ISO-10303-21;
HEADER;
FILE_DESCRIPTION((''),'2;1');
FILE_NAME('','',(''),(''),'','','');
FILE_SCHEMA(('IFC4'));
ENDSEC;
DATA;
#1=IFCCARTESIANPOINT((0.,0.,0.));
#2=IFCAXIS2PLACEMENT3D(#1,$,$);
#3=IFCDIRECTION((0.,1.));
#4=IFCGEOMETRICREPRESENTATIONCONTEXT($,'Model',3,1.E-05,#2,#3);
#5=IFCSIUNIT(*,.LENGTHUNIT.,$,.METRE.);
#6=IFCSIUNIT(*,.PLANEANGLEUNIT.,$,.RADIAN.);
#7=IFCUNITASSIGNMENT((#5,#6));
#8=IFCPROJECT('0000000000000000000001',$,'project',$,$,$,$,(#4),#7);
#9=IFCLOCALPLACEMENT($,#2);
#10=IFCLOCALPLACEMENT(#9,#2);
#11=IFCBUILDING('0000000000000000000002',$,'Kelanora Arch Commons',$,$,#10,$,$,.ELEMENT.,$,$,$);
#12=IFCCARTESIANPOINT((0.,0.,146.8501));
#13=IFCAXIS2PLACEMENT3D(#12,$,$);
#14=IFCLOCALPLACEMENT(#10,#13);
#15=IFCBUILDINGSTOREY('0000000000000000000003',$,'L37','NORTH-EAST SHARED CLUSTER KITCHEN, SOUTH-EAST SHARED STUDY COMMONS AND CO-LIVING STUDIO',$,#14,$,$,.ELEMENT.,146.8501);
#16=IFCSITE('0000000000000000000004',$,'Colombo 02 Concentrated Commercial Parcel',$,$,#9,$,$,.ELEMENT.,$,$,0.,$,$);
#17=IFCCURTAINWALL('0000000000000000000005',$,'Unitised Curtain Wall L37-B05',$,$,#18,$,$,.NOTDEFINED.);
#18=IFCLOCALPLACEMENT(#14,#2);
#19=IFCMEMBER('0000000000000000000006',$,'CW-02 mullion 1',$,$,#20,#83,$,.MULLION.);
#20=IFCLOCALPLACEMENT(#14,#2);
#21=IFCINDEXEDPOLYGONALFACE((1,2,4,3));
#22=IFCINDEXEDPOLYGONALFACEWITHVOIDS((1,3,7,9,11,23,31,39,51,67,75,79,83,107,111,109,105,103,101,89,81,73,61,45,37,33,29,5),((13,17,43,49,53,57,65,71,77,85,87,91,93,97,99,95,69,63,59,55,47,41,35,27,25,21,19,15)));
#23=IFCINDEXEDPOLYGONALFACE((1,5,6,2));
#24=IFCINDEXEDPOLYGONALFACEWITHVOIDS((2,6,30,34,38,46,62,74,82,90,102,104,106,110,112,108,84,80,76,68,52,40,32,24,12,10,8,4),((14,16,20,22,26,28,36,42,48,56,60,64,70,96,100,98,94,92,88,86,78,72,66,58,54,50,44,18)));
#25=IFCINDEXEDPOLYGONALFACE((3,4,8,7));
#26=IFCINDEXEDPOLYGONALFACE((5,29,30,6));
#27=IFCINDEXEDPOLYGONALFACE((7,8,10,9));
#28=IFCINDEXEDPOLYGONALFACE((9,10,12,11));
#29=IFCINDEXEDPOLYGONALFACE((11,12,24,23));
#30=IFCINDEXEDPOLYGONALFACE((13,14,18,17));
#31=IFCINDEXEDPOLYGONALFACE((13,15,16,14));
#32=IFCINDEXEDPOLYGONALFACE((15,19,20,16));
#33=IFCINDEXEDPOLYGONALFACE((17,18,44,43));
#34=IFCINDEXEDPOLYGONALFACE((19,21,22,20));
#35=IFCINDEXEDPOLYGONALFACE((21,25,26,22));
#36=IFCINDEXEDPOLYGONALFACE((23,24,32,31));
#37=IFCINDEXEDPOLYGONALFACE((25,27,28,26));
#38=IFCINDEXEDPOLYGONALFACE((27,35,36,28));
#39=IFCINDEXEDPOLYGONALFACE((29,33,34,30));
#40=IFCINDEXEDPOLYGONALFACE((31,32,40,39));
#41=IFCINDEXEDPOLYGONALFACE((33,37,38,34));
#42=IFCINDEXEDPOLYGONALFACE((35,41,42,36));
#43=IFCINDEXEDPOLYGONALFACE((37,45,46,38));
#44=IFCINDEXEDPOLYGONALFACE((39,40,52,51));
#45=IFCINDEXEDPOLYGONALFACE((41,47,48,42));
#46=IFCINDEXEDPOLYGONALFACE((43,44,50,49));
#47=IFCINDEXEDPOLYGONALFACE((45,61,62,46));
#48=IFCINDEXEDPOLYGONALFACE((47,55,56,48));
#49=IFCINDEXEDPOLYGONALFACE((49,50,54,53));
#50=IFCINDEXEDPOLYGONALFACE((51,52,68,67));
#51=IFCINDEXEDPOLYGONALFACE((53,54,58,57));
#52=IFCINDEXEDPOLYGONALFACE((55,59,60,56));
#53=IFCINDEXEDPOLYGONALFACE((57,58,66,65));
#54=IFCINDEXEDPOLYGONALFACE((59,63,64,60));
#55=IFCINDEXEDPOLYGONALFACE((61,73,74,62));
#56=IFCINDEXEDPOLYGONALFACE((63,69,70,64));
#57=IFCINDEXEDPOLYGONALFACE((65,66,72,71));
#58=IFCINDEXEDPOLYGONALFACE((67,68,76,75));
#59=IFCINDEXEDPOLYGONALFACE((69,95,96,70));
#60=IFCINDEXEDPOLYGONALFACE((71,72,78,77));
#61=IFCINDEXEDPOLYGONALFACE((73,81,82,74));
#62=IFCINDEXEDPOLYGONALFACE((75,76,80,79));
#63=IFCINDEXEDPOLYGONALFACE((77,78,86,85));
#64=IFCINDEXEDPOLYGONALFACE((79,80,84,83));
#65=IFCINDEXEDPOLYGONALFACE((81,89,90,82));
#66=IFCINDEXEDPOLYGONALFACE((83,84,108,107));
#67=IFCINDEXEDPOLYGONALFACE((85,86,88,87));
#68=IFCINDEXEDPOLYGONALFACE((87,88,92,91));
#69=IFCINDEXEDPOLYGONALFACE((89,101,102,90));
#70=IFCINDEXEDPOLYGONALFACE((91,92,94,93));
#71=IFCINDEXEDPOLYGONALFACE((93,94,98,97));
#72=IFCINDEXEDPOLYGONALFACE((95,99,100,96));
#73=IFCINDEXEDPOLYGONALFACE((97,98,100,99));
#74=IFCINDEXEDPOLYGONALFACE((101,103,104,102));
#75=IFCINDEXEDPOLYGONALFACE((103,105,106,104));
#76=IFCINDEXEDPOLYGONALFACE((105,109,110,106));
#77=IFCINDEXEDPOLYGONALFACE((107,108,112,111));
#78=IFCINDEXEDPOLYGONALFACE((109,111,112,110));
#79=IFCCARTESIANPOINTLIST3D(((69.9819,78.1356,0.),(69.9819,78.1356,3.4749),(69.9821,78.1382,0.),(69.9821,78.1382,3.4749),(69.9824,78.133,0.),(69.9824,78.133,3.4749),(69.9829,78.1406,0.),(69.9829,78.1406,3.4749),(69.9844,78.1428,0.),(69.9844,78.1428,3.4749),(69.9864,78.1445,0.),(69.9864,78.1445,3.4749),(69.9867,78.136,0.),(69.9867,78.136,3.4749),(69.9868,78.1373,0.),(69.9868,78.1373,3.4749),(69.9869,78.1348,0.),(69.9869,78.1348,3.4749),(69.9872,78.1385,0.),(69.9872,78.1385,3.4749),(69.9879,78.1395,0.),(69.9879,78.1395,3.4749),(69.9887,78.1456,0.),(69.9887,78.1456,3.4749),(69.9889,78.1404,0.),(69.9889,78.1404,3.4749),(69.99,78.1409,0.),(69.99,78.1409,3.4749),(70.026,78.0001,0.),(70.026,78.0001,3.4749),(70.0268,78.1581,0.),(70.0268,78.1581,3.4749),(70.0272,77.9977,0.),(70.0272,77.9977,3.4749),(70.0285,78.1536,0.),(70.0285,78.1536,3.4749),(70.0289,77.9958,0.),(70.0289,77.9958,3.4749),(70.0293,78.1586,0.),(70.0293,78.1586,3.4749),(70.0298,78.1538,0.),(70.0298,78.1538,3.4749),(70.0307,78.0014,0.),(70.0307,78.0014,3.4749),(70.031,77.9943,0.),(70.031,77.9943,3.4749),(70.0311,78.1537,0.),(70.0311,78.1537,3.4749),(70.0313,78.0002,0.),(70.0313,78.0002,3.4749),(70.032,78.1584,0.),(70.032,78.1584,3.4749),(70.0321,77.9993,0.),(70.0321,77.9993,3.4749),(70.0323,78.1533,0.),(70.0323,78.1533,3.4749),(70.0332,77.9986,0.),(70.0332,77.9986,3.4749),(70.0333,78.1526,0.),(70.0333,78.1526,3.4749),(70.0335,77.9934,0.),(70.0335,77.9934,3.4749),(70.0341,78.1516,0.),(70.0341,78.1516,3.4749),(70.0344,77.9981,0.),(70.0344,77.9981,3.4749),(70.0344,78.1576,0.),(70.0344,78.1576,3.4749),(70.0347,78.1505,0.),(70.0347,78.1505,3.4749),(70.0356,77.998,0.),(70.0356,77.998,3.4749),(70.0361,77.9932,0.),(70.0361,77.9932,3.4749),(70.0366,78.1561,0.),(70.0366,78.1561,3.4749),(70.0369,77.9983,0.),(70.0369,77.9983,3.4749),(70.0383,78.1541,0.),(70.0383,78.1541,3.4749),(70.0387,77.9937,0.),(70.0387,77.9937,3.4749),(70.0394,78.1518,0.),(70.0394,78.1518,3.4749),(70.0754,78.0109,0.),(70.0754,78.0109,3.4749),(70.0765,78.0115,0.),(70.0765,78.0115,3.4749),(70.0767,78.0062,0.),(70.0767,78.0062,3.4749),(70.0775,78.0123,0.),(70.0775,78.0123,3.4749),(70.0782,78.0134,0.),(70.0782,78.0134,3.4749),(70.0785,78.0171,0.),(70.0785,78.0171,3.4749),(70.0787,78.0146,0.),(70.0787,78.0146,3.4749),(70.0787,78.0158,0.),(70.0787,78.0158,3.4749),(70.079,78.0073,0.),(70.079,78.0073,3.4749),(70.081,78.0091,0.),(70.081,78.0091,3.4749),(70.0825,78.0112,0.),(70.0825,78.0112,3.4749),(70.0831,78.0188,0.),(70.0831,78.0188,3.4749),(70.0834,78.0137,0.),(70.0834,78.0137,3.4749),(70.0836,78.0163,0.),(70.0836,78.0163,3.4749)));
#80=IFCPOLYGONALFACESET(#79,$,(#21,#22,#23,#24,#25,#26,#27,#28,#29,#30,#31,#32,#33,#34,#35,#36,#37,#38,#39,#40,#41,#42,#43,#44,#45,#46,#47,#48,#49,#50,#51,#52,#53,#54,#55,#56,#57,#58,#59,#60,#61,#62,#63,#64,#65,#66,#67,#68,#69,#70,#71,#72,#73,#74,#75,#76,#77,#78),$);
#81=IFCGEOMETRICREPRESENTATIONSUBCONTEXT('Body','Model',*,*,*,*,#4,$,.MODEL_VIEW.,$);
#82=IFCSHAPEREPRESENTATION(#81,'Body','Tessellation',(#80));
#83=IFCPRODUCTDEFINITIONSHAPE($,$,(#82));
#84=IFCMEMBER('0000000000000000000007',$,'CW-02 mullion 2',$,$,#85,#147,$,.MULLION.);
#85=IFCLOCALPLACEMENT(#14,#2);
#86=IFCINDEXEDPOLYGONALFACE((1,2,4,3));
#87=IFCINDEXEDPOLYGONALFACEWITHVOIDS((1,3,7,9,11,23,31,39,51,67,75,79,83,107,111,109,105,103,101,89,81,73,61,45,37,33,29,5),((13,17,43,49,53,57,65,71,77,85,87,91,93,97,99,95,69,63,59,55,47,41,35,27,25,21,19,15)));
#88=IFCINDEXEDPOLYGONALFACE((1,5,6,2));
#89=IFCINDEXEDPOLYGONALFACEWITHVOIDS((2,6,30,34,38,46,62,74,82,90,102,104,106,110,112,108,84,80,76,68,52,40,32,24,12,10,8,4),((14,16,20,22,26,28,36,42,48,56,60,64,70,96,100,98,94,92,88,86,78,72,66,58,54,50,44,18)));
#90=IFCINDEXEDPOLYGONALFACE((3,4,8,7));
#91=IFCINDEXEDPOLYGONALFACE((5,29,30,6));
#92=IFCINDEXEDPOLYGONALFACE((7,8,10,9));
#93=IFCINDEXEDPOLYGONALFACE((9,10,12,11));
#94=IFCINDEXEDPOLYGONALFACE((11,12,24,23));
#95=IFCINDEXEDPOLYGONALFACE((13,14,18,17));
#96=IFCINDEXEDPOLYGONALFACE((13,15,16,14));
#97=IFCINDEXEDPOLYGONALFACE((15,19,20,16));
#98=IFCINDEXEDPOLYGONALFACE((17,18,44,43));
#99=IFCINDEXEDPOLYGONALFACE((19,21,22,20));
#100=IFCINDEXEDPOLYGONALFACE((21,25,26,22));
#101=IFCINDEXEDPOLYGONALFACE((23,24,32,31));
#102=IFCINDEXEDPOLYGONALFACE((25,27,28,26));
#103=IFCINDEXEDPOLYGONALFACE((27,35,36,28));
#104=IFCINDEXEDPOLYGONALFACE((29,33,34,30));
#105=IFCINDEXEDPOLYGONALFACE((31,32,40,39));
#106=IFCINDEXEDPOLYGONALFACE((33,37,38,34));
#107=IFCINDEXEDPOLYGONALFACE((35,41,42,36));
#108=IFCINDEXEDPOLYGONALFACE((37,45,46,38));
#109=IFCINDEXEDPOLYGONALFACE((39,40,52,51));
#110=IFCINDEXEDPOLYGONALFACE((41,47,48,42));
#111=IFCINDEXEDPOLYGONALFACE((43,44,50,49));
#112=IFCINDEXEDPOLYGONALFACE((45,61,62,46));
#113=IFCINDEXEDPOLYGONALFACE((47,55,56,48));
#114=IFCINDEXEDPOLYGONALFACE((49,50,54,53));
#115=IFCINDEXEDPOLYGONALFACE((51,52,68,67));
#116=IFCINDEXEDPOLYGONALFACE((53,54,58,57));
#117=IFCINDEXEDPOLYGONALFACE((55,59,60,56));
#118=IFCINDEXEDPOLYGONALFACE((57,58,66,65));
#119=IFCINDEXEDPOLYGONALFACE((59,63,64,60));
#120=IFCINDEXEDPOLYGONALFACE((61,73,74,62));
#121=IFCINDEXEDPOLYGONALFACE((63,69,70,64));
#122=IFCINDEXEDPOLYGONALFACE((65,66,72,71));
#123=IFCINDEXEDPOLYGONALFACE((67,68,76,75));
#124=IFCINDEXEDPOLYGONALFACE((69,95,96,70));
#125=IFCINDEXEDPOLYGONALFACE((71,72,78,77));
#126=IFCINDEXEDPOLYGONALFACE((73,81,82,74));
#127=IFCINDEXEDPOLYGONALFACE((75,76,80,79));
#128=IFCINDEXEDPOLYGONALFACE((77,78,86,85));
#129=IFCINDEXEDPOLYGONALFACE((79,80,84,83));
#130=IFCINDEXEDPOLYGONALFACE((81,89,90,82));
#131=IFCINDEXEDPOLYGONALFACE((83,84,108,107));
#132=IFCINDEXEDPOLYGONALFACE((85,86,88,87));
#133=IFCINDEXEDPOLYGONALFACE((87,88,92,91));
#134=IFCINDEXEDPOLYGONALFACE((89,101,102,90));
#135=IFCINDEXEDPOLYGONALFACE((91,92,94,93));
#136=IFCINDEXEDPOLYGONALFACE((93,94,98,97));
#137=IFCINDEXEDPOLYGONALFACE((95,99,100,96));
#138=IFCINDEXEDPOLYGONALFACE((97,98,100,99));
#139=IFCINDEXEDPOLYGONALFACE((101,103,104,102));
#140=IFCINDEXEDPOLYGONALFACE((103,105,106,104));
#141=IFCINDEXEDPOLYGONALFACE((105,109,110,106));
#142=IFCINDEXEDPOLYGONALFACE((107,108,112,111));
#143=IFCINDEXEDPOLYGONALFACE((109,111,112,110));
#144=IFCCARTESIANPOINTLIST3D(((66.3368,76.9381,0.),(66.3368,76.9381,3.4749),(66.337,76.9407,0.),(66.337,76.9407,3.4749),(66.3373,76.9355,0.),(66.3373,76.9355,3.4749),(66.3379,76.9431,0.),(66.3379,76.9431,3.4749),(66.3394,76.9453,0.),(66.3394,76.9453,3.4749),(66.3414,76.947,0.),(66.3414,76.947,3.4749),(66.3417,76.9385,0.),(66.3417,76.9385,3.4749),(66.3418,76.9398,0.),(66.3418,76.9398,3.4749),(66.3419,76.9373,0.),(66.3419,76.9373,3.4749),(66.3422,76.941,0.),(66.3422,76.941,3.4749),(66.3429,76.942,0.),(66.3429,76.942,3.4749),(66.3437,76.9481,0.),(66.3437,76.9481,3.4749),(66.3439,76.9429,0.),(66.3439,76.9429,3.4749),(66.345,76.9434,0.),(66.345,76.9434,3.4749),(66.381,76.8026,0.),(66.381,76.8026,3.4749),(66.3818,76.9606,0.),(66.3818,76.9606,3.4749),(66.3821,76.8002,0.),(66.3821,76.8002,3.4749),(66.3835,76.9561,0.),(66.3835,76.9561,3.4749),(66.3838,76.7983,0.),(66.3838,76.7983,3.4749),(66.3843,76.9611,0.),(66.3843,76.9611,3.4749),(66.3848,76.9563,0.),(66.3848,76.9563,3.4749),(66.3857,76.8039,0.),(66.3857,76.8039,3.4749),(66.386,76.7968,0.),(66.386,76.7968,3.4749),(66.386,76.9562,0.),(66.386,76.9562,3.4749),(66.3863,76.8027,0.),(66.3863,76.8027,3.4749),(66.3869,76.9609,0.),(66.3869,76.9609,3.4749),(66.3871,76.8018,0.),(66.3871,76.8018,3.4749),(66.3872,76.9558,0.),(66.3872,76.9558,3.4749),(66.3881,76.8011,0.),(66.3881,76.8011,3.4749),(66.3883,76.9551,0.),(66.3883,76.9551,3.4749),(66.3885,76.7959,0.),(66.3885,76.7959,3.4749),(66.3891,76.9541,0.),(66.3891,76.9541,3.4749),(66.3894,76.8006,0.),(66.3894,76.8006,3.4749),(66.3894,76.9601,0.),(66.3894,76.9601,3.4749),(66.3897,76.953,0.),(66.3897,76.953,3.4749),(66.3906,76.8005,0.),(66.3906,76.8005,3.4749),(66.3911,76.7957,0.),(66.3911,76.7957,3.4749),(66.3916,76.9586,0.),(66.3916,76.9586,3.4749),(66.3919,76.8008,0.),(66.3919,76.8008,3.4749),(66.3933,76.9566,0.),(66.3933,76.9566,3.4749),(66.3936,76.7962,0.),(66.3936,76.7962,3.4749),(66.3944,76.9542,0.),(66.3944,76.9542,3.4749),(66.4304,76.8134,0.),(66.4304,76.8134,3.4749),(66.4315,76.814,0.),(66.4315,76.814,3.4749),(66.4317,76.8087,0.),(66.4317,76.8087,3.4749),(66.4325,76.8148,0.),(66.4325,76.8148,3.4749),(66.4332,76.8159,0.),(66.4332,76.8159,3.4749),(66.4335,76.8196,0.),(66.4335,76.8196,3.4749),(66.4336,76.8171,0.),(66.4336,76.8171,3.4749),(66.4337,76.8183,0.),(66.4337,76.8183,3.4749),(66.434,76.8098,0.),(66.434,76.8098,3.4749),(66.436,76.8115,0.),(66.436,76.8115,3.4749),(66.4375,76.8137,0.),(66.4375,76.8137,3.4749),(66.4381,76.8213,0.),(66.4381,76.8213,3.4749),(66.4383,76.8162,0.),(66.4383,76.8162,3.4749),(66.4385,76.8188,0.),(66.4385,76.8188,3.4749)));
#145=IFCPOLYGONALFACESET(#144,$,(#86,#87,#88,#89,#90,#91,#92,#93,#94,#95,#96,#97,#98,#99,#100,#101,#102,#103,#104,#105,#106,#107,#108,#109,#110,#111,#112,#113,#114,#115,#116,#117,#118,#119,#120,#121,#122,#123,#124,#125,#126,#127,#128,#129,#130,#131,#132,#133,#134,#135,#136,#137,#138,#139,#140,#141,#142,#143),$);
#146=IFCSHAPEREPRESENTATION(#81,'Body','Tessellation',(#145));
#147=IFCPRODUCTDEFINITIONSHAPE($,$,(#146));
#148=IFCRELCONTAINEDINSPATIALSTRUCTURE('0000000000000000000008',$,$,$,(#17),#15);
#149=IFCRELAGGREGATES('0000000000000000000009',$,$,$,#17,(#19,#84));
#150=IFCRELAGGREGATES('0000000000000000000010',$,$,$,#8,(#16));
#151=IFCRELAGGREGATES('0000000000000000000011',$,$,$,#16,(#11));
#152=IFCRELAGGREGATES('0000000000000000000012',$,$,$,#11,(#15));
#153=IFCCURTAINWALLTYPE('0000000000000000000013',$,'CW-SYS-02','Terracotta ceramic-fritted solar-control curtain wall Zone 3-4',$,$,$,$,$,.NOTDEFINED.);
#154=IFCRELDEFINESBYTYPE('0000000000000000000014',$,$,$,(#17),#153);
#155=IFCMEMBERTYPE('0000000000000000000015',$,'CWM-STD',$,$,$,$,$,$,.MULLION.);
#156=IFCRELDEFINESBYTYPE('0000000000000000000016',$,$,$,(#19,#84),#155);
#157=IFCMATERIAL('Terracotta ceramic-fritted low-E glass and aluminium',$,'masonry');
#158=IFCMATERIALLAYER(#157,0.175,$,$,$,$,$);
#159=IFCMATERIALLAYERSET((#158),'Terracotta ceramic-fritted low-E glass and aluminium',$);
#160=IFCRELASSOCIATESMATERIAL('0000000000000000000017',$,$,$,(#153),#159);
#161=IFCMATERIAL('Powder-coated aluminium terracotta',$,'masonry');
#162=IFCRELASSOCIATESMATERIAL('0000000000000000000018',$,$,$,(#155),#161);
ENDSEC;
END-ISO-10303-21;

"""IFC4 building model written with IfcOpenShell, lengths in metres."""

from ifc_helpers import new_model, si_unit, direction, frame, origin, origin_2d, place, context, subcontext, project, spatial, hollow_rectangle, extrude, material, layer, layer_set, material_profile, profile_set, type_object, element, aggregate, save


model = new_model("IFC4")

# Units and contexts
model_context = context("Model", 3, precision=1e-05, world=origin(), true_north=direction((0.0, 1.0)))
body_context = subcontext(model_context, "Body", "Model", "MODEL_VIEW")
ifc_project = project(units=[si_unit("LENGTHUNIT", "METRE"), si_unit("PLANEANGLEUNIT", "RADIAN")], contexts=[model_context])

# Site, building, storey
site_placement = place(None, origin())
site = spatial("IfcSite", under=ifc_project, at=site_placement, Name="Colombo 02 Concentrated Commercial Parcel", CompositionType="ELEMENT", RefElevation=0.0)
building_placement = place(site_placement, origin())
building = spatial("IfcBuilding", under=site, at=building_placement, Name="Kelanora Arch Commons", CompositionType="ELEMENT")
storey_placement = place(building_placement, frame((0.0, 0.0, 146.8501)))
storey = spatial("IfcBuildingStorey", under=building, at=storey_placement, Name="L37", Description="NORTH-EAST SHARED CLUSTER KITCHEN, SOUTH-EAST SHARED STUDY COMMONS AND CO-LIVING STUDIO", CompositionType="ELEMENT", Elevation=146.8501)

# Curtain wall, members
ifc_material_1 = material(Name="Terracotta ceramic-fritted low-E glass and aluminium", Category="masonry")
ifc_layer_1 = layer(ifc_material_1, 0.175)
ifc_layer_set_1 = layer_set([ifc_layer_1], Name="Terracotta ceramic-fritted low-E glass and aluminium")
curtain_wall_type = type_object("IfcCurtainWallType", Name="CW-SYS-02", Description="Terracotta ceramic-fritted solar-control curtain wall Zone 3-4", PredefinedType="NOTDEFINED", material=ifc_layer_set_1)
curtain_wall_placement = place(storey_placement, origin())
curtain_wall = element("IfcCurtainWall", 1, at=curtain_wall_placement, inside=storey, type_object=curtain_wall_type, Name="Unitised Curtain Wall L37-B05", PredefinedType="NOTDEFINED")
ifc_material_2 = material(Name="Powder-coated aluminium terracotta", Category="masonry")
ifc_material_profile_1 = material_profile(ifc_material_2, hollow_rectangle(XDim=0.1599, YDim=0.0601, WallThickness=0.0049, InnerFilletRadius=0.0049, OuterFilletRadius=0.01, at=origin_2d()), Name="CWM160x60")
ifc_profile_set_1 = profile_set([ifc_material_profile_1], Name="Powder-coated aluminium terracotta")
member_type_1 = type_object("IfcMemberType", Name="CWM-STD", PredefinedType="MULLION", material=ifc_profile_set_1)
member_1_placement = place(storey_placement, frame((70.0327, 78.0759, 0.0), z_axis=(0.0, 0.0, 1.0), x_axis=(0.312128, -0.95004, 0.0)))
member_1 = element("IfcMember", 2, at=member_1_placement, type_object=member_type_1, Name="CW-02 mullion 1", PredefinedType="MULLION", context=body_context, shape_type="SweptSolid", body=[
    extrude(hollow_rectangle(XDim=0.1599, YDim=0.0601, WallThickness=0.0049, InnerFilletRadius=0.0049, OuterFilletRadius=0.01, at=origin_2d()), origin(), (0.0, 0.0, 1.0), 3.4749),
])
member_2_placement = place(storey_placement, frame((66.3877, 76.8784, 0.0), z_axis=(0.0, 0.0, 1.0), x_axis=(0.312128, -0.95004, 0.0)))
member_2 = element("IfcMember", 3, at=member_2_placement, type_object=member_type_1, Name="CW-02 mullion 2", PredefinedType="MULLION", context=body_context, shape_type="SweptSolid", body=[
    extrude(hollow_rectangle(XDim=0.1599, YDim=0.0601, WallThickness=0.0049, InnerFilletRadius=0.0049, OuterFilletRadius=0.01, at=origin_2d()), origin(), (0.0, 0.0, 1.0), 3.4749),
])
aggregate(curtain_wall, [member_1, member_2])

save(model, "model.ifc")
